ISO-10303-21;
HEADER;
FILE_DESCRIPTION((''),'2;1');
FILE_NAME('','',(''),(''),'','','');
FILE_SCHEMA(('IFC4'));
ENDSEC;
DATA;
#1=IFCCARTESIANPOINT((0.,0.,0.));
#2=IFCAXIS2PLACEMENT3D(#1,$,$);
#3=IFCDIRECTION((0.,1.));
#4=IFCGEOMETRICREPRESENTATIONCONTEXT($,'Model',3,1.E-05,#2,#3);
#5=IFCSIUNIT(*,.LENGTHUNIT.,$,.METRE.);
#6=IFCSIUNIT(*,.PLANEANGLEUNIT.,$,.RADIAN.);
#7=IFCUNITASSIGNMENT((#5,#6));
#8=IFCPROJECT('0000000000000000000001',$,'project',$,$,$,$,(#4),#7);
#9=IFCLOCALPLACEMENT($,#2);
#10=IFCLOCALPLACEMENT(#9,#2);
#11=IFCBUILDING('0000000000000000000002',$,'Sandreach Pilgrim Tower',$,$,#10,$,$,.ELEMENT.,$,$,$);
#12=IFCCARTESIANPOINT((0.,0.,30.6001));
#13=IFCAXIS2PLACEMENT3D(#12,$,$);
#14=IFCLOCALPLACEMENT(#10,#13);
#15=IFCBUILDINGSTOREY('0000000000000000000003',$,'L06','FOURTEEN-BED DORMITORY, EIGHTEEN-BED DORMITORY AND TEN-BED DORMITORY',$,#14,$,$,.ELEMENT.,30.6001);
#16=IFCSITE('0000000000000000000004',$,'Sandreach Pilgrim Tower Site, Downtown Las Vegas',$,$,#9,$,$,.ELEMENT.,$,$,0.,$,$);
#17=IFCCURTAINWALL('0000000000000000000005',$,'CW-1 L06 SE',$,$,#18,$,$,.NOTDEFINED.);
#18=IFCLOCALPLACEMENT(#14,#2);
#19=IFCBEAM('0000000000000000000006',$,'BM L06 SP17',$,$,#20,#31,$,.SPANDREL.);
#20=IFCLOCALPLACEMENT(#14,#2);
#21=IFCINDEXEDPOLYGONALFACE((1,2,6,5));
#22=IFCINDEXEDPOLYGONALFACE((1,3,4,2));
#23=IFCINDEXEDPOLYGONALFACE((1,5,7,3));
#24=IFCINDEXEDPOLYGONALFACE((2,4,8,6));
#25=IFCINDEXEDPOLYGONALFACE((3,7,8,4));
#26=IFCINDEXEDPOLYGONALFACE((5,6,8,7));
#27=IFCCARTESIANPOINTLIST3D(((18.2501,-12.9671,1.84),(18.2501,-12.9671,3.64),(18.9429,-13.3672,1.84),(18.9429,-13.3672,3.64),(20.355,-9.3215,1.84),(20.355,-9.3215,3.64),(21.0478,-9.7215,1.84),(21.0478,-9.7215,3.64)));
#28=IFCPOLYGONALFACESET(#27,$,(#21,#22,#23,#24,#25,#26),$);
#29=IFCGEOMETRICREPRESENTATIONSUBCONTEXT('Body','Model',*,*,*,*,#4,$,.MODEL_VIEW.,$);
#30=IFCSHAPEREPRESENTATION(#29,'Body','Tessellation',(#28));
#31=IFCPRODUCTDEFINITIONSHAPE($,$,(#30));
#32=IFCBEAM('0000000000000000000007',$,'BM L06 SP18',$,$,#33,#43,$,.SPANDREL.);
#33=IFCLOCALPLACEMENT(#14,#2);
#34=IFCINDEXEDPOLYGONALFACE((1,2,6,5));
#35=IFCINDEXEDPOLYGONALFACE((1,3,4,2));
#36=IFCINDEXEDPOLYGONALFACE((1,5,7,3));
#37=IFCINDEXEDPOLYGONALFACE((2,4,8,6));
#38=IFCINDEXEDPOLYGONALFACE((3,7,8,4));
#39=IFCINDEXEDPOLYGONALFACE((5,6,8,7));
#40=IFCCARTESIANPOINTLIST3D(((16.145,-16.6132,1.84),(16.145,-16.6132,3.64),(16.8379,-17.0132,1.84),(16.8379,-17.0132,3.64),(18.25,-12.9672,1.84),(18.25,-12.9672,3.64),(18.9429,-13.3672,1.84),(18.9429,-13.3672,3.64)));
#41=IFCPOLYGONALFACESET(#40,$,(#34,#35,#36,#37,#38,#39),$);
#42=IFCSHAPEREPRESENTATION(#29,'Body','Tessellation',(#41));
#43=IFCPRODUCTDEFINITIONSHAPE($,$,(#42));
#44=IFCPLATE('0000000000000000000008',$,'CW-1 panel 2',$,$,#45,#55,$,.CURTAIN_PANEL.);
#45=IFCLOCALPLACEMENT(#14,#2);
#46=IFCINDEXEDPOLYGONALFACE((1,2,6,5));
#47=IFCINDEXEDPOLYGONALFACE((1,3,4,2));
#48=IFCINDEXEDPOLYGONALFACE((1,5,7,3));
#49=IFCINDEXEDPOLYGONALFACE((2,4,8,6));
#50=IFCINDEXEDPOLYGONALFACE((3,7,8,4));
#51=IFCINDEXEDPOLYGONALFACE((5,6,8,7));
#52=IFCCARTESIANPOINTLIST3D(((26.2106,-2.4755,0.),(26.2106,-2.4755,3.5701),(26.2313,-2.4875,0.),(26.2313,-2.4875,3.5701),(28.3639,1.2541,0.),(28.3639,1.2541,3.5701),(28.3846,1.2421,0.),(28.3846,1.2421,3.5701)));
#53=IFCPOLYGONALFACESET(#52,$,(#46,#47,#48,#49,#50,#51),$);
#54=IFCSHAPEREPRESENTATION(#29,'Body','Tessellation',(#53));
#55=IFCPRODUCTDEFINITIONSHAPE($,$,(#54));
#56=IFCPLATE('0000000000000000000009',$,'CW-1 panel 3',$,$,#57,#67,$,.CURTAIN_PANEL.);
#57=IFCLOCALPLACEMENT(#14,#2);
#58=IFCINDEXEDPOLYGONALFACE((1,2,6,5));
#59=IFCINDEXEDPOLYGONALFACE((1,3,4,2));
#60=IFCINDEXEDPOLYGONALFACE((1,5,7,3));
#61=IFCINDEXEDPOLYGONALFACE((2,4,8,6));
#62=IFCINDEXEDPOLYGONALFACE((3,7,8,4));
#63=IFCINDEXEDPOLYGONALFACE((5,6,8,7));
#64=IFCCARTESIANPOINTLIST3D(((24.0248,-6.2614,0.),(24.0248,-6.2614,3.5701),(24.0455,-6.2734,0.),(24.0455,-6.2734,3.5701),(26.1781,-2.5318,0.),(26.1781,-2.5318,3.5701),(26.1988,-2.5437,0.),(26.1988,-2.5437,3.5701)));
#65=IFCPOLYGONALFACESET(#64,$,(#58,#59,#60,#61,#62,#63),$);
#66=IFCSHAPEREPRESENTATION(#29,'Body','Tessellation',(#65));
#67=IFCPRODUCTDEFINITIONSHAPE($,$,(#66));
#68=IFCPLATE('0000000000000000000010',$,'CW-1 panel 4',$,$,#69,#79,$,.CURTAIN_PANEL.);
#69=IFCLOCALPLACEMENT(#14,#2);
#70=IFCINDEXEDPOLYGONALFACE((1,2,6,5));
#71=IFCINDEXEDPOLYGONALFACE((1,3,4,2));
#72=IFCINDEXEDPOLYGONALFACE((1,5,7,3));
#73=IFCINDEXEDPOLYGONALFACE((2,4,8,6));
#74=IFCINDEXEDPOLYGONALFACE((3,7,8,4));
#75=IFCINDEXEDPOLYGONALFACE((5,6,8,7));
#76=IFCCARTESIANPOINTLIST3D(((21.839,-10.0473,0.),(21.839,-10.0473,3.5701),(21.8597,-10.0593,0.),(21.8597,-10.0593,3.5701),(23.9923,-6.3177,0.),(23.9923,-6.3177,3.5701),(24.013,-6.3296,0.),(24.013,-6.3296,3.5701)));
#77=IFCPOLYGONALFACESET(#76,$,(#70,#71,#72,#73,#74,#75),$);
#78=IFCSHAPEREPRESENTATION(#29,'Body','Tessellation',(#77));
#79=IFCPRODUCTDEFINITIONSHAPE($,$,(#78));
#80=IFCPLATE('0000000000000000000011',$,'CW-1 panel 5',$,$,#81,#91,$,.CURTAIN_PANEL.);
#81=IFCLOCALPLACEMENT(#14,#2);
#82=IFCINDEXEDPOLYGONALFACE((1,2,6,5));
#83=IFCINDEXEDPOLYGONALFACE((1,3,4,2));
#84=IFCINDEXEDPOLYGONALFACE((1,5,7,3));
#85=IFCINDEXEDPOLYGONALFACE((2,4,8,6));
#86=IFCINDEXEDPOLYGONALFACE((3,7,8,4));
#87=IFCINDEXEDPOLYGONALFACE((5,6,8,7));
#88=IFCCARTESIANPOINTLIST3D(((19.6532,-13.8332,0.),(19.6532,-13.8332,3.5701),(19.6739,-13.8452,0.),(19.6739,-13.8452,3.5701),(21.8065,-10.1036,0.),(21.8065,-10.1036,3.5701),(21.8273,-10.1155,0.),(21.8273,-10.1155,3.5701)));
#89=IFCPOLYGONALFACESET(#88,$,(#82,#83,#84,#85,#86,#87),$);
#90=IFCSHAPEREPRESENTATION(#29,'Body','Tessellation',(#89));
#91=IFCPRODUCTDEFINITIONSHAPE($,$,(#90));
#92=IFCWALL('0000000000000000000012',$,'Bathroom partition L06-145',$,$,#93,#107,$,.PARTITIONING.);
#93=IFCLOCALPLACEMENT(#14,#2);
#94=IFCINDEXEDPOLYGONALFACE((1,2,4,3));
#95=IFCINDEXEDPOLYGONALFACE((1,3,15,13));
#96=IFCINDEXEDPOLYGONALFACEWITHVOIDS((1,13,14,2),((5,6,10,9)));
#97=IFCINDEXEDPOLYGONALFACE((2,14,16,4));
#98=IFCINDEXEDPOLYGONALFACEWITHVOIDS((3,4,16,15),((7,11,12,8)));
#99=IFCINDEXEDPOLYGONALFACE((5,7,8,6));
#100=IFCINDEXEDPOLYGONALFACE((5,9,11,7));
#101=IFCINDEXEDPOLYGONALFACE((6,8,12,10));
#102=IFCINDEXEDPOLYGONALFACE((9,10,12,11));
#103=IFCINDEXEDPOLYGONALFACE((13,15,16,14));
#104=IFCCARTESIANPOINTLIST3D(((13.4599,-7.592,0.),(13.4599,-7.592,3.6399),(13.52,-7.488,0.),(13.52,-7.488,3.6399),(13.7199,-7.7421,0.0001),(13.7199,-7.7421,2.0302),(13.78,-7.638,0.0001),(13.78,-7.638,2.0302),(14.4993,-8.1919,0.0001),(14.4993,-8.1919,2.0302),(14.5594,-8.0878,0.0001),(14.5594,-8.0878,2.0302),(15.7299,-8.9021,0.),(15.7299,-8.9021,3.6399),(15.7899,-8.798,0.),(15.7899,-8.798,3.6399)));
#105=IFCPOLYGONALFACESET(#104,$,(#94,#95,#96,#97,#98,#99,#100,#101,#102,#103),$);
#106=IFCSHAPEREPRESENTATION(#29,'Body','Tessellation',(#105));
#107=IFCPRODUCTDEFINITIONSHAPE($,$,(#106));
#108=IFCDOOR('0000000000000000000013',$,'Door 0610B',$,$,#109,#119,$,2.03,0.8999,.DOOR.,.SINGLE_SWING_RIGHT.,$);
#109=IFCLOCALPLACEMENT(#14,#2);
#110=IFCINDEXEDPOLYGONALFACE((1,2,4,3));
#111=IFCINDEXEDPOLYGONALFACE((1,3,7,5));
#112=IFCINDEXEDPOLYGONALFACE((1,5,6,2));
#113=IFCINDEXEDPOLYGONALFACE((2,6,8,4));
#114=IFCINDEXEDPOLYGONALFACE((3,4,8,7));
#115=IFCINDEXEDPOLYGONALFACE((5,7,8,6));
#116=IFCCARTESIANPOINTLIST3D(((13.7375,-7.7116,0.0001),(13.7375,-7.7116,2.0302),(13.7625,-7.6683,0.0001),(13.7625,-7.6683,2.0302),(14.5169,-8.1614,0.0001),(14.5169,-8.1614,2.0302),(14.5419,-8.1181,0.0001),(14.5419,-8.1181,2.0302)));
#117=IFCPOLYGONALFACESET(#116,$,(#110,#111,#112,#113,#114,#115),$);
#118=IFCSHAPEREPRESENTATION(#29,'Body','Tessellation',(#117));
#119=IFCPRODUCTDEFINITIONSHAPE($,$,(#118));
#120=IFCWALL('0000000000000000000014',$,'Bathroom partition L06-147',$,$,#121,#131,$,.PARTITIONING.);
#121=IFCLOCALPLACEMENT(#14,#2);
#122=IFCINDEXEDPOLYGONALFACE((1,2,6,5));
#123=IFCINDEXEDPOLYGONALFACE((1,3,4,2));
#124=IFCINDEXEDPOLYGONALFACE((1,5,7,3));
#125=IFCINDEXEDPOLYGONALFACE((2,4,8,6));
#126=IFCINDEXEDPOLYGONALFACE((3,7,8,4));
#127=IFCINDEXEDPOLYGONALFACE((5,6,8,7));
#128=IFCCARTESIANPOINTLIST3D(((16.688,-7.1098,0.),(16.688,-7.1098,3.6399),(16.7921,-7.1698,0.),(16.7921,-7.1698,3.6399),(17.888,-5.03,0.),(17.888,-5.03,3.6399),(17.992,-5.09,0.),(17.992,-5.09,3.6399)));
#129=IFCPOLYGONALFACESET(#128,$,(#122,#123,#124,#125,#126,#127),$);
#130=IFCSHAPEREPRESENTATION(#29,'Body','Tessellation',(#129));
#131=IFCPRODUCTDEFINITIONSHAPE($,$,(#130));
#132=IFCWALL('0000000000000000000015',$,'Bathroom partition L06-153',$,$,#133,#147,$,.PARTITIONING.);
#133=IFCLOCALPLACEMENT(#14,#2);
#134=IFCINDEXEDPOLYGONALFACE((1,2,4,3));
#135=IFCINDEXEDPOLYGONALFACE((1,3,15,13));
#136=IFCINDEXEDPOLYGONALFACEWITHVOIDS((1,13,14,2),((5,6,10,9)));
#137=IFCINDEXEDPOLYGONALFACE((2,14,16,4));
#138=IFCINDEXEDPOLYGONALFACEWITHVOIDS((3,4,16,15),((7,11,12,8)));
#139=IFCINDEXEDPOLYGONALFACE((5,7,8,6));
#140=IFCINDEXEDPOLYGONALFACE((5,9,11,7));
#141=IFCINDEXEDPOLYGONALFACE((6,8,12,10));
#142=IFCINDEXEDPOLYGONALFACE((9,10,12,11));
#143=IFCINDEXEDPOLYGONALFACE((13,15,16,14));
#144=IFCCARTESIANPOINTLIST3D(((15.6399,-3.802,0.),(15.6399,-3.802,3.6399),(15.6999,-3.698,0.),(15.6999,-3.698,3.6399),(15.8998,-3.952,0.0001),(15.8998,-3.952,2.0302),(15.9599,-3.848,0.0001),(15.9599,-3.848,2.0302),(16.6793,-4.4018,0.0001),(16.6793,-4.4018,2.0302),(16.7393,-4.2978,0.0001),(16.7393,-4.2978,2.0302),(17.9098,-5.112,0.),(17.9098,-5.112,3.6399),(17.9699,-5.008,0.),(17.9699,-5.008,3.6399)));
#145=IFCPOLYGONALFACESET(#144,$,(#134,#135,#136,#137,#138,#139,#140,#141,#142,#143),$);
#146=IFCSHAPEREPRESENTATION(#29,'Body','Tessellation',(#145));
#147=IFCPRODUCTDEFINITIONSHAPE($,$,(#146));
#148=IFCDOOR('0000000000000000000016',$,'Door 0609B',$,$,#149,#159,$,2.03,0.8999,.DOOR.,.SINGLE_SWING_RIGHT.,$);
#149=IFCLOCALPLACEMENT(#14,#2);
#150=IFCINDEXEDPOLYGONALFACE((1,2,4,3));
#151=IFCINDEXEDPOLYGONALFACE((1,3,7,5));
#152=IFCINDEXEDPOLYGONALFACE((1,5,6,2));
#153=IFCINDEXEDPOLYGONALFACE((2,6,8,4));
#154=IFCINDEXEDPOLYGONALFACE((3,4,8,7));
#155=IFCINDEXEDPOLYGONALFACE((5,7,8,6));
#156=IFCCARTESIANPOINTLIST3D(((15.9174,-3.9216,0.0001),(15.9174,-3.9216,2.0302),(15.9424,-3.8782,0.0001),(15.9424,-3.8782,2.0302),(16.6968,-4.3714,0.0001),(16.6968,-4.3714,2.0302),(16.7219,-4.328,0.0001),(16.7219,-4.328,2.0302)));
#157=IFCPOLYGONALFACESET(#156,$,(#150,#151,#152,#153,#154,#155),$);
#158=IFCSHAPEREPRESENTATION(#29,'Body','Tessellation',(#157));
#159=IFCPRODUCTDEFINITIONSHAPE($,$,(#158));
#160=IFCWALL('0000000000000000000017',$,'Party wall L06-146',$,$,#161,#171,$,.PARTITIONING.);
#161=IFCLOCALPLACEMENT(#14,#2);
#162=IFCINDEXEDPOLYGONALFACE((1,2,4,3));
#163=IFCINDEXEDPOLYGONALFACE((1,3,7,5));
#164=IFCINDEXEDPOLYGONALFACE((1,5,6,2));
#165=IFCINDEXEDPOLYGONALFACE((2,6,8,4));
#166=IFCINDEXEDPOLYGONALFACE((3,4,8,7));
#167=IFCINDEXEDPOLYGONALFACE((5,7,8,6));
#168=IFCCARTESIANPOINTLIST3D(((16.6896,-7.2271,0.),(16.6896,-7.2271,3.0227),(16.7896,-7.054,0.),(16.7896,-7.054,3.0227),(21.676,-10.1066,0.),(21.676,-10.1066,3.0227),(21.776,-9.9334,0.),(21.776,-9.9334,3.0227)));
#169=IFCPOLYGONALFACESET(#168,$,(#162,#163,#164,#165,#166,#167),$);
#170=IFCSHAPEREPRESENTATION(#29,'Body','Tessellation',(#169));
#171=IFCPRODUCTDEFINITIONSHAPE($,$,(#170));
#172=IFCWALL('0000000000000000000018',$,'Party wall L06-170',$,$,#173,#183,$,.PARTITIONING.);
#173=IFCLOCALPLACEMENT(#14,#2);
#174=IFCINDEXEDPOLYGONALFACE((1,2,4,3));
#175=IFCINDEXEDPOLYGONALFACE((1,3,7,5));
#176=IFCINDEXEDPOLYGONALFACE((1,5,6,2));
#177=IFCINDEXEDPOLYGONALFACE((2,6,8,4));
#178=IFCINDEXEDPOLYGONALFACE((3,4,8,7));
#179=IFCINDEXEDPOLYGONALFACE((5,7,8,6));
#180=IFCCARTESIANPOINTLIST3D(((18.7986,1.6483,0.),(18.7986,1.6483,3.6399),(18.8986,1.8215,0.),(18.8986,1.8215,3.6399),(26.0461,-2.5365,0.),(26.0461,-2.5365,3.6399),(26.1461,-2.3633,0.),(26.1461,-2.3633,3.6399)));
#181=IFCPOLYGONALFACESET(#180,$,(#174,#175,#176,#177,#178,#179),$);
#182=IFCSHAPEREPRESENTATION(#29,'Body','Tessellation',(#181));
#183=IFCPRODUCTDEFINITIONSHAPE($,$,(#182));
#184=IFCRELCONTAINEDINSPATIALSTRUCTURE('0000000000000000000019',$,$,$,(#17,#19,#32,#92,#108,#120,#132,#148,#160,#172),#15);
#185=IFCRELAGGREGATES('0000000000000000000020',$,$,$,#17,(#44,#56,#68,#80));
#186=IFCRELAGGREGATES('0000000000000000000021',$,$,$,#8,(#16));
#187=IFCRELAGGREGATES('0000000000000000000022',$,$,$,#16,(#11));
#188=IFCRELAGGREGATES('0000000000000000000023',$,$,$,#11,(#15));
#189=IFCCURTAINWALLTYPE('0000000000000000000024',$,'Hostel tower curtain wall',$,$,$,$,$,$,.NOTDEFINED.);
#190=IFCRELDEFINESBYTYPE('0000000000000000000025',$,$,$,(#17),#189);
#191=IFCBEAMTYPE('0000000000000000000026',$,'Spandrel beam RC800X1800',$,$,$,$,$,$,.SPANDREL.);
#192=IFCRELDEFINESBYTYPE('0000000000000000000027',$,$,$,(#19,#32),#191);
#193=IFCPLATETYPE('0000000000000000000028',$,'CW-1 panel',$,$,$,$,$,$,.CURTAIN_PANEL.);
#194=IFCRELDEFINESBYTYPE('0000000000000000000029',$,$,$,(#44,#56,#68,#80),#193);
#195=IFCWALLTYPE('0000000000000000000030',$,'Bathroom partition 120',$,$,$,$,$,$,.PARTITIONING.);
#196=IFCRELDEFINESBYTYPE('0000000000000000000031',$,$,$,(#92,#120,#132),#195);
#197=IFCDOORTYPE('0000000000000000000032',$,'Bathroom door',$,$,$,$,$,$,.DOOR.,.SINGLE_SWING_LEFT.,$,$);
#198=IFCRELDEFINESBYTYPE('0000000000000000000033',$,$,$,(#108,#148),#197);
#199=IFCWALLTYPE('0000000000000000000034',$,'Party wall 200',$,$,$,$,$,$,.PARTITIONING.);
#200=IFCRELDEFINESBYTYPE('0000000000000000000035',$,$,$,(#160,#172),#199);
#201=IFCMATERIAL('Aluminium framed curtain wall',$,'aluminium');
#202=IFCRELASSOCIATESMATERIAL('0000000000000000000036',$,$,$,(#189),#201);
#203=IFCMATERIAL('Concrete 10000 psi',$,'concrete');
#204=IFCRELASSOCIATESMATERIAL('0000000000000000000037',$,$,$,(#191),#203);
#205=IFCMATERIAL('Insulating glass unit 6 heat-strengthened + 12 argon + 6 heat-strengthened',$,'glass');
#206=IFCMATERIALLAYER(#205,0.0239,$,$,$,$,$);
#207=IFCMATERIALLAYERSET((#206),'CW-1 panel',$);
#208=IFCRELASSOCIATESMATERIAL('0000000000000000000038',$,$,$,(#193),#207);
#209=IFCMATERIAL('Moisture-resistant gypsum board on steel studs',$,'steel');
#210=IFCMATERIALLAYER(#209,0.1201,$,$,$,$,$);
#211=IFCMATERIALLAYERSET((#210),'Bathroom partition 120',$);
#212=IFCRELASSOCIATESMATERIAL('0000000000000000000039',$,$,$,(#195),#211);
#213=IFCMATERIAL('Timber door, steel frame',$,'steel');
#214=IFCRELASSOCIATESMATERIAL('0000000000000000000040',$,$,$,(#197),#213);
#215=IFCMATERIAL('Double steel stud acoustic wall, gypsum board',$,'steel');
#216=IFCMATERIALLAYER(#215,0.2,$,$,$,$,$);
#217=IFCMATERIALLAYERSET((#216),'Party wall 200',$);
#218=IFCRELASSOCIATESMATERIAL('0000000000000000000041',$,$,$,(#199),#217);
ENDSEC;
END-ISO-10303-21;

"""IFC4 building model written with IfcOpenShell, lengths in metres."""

from ifc_helpers import new_model, si_unit, direction, frame, frame_2d, origin, origin_2d, place, context, subcontext, project, spatial, rectangle, extrude, material, layer, layer_set, material_profile, profile_set, type_object, element, fill, aggregate, save


model = new_model("IFC4")

# Units and contexts
model_context = context("Model", 3, precision=1e-05, world=origin(), true_north=direction((0.0, 1.0)))
body_context = subcontext(model_context, "Body", "Model", "MODEL_VIEW")
ifc_project = project(units=[si_unit("LENGTHUNIT", "METRE"), si_unit("PLANEANGLEUNIT", "RADIAN")], contexts=[model_context])

# Site, building, storey
site_placement = place(None, origin())
site = spatial("IfcSite", under=ifc_project, at=site_placement, Name="Sandreach Pilgrim Tower Site, Downtown Las Vegas", CompositionType="ELEMENT", RefElevation=0.0)
building_placement = place(site_placement, origin())
building = spatial("IfcBuilding", under=site, at=building_placement, Name="Sandreach Pilgrim Tower", CompositionType="ELEMENT")
storey_placement = place(building_placement, frame((0.0, 0.0, 30.6001)))
storey = spatial("IfcBuildingStorey", under=building, at=storey_placement, Name="L06", Description="FOURTEEN-BED DORMITORY, EIGHTEEN-BED DORMITORY AND TEN-BED DORMITORY", CompositionType="ELEMENT", Elevation=30.6001)

# Curtain wall
ifc_material_1 = material(Name="Aluminium framed curtain wall", Category="aluminium")
curtain_wall_type = type_object("IfcCurtainWallType", Name="Hostel tower curtain wall", PredefinedType="NOTDEFINED", material=ifc_material_1)
curtain_wall_placement = place(storey_placement, origin())
curtain_wall = element("IfcCurtainWall", 1, at=curtain_wall_placement, inside=storey, type_object=curtain_wall_type, Name="CW-1 L06 SE", PredefinedType="NOTDEFINED")

# Beams
ifc_material_2 = material(Name="Concrete 10000 psi", Category="concrete")
ifc_material_profile_1 = material_profile(ifc_material_2, rectangle(XDim=0.8, YDim=1.8, at=origin_2d()), Name="RC800X1800")
ifc_profile_set_1 = profile_set([ifc_material_profile_1], Name="Concrete 10000 psi")
beam_type_1 = type_object("IfcBeamType", Name="Spandrel beam RC800X1800", PredefinedType="SPANDREL", material=ifc_profile_set_1)
beam_1_placement = place(storey_placement, frame((20.7014, -9.5215, 2.74), z_axis=(-0.500019, -0.866015, 0.0), x_axis=(0.866015, -0.500019, 0.0)))
element("IfcBeam", 2, at=beam_1_placement, inside=storey, type_object=beam_type_1, Name="BM L06 SP17", PredefinedType="SPANDREL", context=body_context, shape_type="SweptSolid", body=[
    extrude(rectangle(XDim=0.8, YDim=1.8, at=origin_2d()), origin(), (0.0, 0.0, 1.0), 4.2097),
])
beam_2_placement = place(storey_placement, frame((18.5964, -13.1672, 2.74), z_axis=(-0.499994, -0.866029, 0.0), x_axis=(0.866029, -0.499994, 0.0)))
element("IfcBeam", 3, at=beam_2_placement, inside=storey, type_object=beam_type_1, Name="BM L06 SP18", PredefinedType="SPANDREL", context=body_context, shape_type="SweptSolid", body=[
    extrude(rectangle(XDim=0.8, YDim=1.8, at=origin_2d()), origin(), (0.0, 0.0, 1.0), 4.21),
])

# Plates
ifc_material_3 = material(Name="Insulating glass unit 6 heat-strengthened + 12 argon + 6 heat-strengthened", Category="glass")
ifc_layer_1 = layer(ifc_material_3, 0.0239)
ifc_layer_set_1 = layer_set([ifc_layer_1], Name="CW-1 panel")
plate_type = type_object("IfcPlateType", Name="CW-1 panel", PredefinedType="CURTAIN_PANEL", material=ifc_layer_set_1)
plate_1_placement = place(storey_placement, frame((27.2976, -0.6167, 0.0), z_axis=(0.0, 0.0, 1.0), x_axis=(-0.5, -0.866025, 0.0)))
plate_1 = element("IfcPlate", 4, at=plate_1_placement, type_object=plate_type, Name="CW-1 panel 2", PredefinedType="CURTAIN_PANEL", context=body_context, shape_type="SweptSolid", body=[
    extrude(rectangle(XDim=4.3066, YDim=0.0239, at=origin_2d()), origin(), (0.0, 0.0, 1.0), 3.5701),
])
plate_2_placement = place(storey_placement, frame((25.1118, -4.4026, 0.0), z_axis=(0.0, 0.0, 1.0), x_axis=(-0.5, -0.866025, 0.0)))
plate_2 = element("IfcPlate", 5, at=plate_2_placement, type_object=plate_type, Name="CW-1 panel 3", PredefinedType="CURTAIN_PANEL", context=body_context, shape_type="SweptSolid", body=[
    extrude(rectangle(XDim=4.3066, YDim=0.0239, at=origin_2d()), origin(), (0.0, 0.0, 1.0), 3.5701),
])
plate_3_placement = place(storey_placement, frame((22.926, -8.1885, 0.0), z_axis=(0.0, 0.0, 1.0), x_axis=(-0.5, -0.866025, 0.0)))
plate_3 = element("IfcPlate", 6, at=plate_3_placement, type_object=plate_type, Name="CW-1 panel 4", PredefinedType="CURTAIN_PANEL", context=body_context, shape_type="SweptSolid", body=[
    extrude(rectangle(XDim=4.3066, YDim=0.0239, at=origin_2d()), origin(), (0.0, 0.0, 1.0), 3.5701),
])
plate_4_placement = place(storey_placement, frame((20.7402, -11.9744, 0.0), z_axis=(0.0, 0.0, 1.0), x_axis=(-0.5, -0.866025, 0.0)))
plate_4 = element("IfcPlate", 7, at=plate_4_placement, type_object=plate_type, Name="CW-1 panel 5", PredefinedType="CURTAIN_PANEL", context=body_context, shape_type="SweptSolid", body=[
    extrude(rectangle(XDim=4.3066, YDim=0.0239, at=origin_2d()), origin(), (0.0, 0.0, 1.0), 3.5701),
])
aggregate(curtain_wall, [plate_1, plate_2, plate_3, plate_4])

# Wall, opening, door
ifc_material_4 = material(Name="Moisture-resistant gypsum board on steel studs", Category="steel")
ifc_layer_2 = layer(ifc_material_4, 0.1201)
ifc_layer_set_2 = layer_set([ifc_layer_2], Name="Bathroom partition 120")
wall_type_1 = type_object("IfcWallType", Name="Bathroom partition 120", PredefinedType="PARTITIONING", material=ifc_layer_set_2)
wall_1_placement = place(storey_placement, frame((15.76, -8.8501, 0.0), z_axis=(0.0, 0.0, 1.0), x_axis=(-0.866114, 0.499846, 0.0)))
wall_1 = element("IfcWall", 8, at=wall_1_placement, inside=storey, type_object=wall_type_1, Name="Bathroom partition L06-145", PredefinedType="PARTITIONING", context=body_context, shape_type="SweptSolid", body=[
    extrude(rectangle(XDim=2.6208, YDim=0.1201, at=frame_2d((1.3105, 0.0))), origin(), (0.0, 0.0, 1.0), 3.6399),
])
opening_1_placement = place(wall_1_placement, frame((1.4209, 0.0, 0.0)))
opening_1 = element("IfcOpeningElement", 9, at=opening_1_placement, cuts=wall_1, PredefinedType="OPENING", context=body_context, shape_type="SweptSolid", body=[
    extrude(rectangle(XDim=0.8999, YDim=2.03, at=frame_2d((0.45, 1.0151))), frame((0.0, 0.0601, 0.0), z_axis=(0.0, -1.0, 0.0), x_axis=(1.0, 0.0, 0.0)), (0.0, 0.0, 1.0), 0.1201),
])
ifc_material_5 = material(Name="Timber door, steel frame", Category="steel")
door_type = type_object("IfcDoorType", Name="Bathroom door", OperationType="SINGLE_SWING_LEFT", PredefinedType="DOOR", material=ifc_material_5)
door_1_placement = place(opening_1_placement, origin())
door_1 = element("IfcDoor", 10, at=door_1_placement, inside=storey, type_object=door_type, Name="Door 0610B", OperationType="SINGLE_SWING_RIGHT", OverallHeight=2.03, OverallWidth=0.8999, PredefinedType="DOOR", context=body_context, shape_type="SweptSolid", body=[
    extrude(rectangle(XDim=0.8999, YDim=2.03, at=frame_2d((0.45, 1.0151))), frame((0.0, 0.0249, 0.0), z_axis=(0.0, -1.0, 0.0), x_axis=(1.0, 0.0, 0.0)), (0.0, 0.0, 1.0), 0.05),
])
fill(opening_1, door_1)

# Wall
wall_2_placement = place(storey_placement, frame((16.74, -7.1399, 0.0), z_axis=(0.0, 0.0, 1.0), x_axis=(0.499737, 0.866177, 0.0)))
element("IfcWall", 11, at=wall_2_placement, inside=storey, type_object=wall_type_1, Name="Bathroom partition L06-147", PredefinedType="PARTITIONING", context=body_context, shape_type="SweptSolid", body=[
    extrude(rectangle(XDim=2.4011, YDim=0.1201, at=frame_2d((1.2007, 0.0))), origin(), (0.0, 0.0, 1.0), 3.6399),
])

# Wall, opening, door
wall_3_placement = place(storey_placement, frame((17.9399, -5.0601, 0.0), z_axis=(0.0, 0.0, 1.0), x_axis=(-0.866114, 0.499846, 0.0)))
wall_3 = element("IfcWall", 12, at=wall_3_placement, inside=storey, type_object=wall_type_1, Name="Bathroom partition L06-153", PredefinedType="PARTITIONING", context=body_context, shape_type="SweptSolid", body=[
    extrude(rectangle(XDim=2.6208, YDim=0.1201, at=frame_2d((1.3105, 0.0))), origin(), (0.0, 0.0, 1.0), 3.6399),
])
opening_2_placement = place(wall_3_placement, frame((1.4209, 0.0, 0.0)))
opening_2 = element("IfcOpeningElement", 13, at=opening_2_placement, cuts=wall_3, PredefinedType="OPENING", context=body_context, shape_type="SweptSolid", body=[
    extrude(rectangle(XDim=0.8999, YDim=2.03, at=frame_2d((0.45, 1.0151))), frame((0.0, 0.0601, 0.0), z_axis=(0.0, -1.0, 0.0), x_axis=(1.0, 0.0, 0.0)), (0.0, 0.0, 1.0), 0.1201),
])
door_2_placement = place(opening_2_placement, origin())
door_2 = element("IfcDoor", 14, at=door_2_placement, inside=storey, type_object=door_type, Name="Door 0609B", OperationType="SINGLE_SWING_RIGHT", OverallHeight=2.03, OverallWidth=0.8999, PredefinedType="DOOR", context=body_context, shape_type="SweptSolid", body=[
    extrude(rectangle(XDim=0.8999, YDim=2.03, at=frame_2d((0.45, 1.0151))), frame((0.0, 0.0249, 0.0), z_axis=(0.0, -1.0, 0.0), x_axis=(1.0, 0.0, 0.0)), (0.0, 0.0, 1.0), 0.05),
])
fill(opening_2, door_2)

# Walls
ifc_material_6 = material(Name="Double steel stud acoustic wall, gypsum board", Category="steel")
ifc_layer_3 = layer(ifc_material_6, 0.2)
ifc_layer_set_3 = layer_set([ifc_layer_3], Name="Party wall 200")
wall_type_2 = type_object("IfcWallType", Name="Party wall 200", PredefinedType="PARTITIONING", material=ifc_layer_set_3)
wall_4_placement = place(storey_placement, frame((16.7397, -7.1406, 0.0), z_axis=(0.0, 0.0, 1.0), x_axis=(0.865985, -0.50007, 0.0)))
element("IfcWall", 15, at=wall_4_placement, inside=storey, type_object=wall_type_2, Name="Party wall L06-146", PredefinedType="PARTITIONING", context=body_context, shape_type="SweptSolid", body=[
    extrude(rectangle(XDim=5.7581, YDim=0.2, at=frame_2d((2.8789, 0.0))), origin(), (0.0, 0.0, 1.0), 3.0227),
])
wall_5_placement = place(storey_placement, frame((26.0962, -2.45, 0.0), z_axis=(0.0, 0.0, 1.0), x_axis=(-0.866003, 0.500039, 0.0)))
element("IfcWall", 16, at=wall_5_placement, inside=storey, type_object=wall_type_2, Name="Party wall L06-170", PredefinedType="PARTITIONING", context=body_context, shape_type="SweptSolid", body=[
    extrude(rectangle(XDim=8.3689, YDim=0.2, at=frame_2d((4.1846, 0.0))), origin(), (0.0, 0.0, 1.0), 3.6399),
])

save(model, "model.ifc")
